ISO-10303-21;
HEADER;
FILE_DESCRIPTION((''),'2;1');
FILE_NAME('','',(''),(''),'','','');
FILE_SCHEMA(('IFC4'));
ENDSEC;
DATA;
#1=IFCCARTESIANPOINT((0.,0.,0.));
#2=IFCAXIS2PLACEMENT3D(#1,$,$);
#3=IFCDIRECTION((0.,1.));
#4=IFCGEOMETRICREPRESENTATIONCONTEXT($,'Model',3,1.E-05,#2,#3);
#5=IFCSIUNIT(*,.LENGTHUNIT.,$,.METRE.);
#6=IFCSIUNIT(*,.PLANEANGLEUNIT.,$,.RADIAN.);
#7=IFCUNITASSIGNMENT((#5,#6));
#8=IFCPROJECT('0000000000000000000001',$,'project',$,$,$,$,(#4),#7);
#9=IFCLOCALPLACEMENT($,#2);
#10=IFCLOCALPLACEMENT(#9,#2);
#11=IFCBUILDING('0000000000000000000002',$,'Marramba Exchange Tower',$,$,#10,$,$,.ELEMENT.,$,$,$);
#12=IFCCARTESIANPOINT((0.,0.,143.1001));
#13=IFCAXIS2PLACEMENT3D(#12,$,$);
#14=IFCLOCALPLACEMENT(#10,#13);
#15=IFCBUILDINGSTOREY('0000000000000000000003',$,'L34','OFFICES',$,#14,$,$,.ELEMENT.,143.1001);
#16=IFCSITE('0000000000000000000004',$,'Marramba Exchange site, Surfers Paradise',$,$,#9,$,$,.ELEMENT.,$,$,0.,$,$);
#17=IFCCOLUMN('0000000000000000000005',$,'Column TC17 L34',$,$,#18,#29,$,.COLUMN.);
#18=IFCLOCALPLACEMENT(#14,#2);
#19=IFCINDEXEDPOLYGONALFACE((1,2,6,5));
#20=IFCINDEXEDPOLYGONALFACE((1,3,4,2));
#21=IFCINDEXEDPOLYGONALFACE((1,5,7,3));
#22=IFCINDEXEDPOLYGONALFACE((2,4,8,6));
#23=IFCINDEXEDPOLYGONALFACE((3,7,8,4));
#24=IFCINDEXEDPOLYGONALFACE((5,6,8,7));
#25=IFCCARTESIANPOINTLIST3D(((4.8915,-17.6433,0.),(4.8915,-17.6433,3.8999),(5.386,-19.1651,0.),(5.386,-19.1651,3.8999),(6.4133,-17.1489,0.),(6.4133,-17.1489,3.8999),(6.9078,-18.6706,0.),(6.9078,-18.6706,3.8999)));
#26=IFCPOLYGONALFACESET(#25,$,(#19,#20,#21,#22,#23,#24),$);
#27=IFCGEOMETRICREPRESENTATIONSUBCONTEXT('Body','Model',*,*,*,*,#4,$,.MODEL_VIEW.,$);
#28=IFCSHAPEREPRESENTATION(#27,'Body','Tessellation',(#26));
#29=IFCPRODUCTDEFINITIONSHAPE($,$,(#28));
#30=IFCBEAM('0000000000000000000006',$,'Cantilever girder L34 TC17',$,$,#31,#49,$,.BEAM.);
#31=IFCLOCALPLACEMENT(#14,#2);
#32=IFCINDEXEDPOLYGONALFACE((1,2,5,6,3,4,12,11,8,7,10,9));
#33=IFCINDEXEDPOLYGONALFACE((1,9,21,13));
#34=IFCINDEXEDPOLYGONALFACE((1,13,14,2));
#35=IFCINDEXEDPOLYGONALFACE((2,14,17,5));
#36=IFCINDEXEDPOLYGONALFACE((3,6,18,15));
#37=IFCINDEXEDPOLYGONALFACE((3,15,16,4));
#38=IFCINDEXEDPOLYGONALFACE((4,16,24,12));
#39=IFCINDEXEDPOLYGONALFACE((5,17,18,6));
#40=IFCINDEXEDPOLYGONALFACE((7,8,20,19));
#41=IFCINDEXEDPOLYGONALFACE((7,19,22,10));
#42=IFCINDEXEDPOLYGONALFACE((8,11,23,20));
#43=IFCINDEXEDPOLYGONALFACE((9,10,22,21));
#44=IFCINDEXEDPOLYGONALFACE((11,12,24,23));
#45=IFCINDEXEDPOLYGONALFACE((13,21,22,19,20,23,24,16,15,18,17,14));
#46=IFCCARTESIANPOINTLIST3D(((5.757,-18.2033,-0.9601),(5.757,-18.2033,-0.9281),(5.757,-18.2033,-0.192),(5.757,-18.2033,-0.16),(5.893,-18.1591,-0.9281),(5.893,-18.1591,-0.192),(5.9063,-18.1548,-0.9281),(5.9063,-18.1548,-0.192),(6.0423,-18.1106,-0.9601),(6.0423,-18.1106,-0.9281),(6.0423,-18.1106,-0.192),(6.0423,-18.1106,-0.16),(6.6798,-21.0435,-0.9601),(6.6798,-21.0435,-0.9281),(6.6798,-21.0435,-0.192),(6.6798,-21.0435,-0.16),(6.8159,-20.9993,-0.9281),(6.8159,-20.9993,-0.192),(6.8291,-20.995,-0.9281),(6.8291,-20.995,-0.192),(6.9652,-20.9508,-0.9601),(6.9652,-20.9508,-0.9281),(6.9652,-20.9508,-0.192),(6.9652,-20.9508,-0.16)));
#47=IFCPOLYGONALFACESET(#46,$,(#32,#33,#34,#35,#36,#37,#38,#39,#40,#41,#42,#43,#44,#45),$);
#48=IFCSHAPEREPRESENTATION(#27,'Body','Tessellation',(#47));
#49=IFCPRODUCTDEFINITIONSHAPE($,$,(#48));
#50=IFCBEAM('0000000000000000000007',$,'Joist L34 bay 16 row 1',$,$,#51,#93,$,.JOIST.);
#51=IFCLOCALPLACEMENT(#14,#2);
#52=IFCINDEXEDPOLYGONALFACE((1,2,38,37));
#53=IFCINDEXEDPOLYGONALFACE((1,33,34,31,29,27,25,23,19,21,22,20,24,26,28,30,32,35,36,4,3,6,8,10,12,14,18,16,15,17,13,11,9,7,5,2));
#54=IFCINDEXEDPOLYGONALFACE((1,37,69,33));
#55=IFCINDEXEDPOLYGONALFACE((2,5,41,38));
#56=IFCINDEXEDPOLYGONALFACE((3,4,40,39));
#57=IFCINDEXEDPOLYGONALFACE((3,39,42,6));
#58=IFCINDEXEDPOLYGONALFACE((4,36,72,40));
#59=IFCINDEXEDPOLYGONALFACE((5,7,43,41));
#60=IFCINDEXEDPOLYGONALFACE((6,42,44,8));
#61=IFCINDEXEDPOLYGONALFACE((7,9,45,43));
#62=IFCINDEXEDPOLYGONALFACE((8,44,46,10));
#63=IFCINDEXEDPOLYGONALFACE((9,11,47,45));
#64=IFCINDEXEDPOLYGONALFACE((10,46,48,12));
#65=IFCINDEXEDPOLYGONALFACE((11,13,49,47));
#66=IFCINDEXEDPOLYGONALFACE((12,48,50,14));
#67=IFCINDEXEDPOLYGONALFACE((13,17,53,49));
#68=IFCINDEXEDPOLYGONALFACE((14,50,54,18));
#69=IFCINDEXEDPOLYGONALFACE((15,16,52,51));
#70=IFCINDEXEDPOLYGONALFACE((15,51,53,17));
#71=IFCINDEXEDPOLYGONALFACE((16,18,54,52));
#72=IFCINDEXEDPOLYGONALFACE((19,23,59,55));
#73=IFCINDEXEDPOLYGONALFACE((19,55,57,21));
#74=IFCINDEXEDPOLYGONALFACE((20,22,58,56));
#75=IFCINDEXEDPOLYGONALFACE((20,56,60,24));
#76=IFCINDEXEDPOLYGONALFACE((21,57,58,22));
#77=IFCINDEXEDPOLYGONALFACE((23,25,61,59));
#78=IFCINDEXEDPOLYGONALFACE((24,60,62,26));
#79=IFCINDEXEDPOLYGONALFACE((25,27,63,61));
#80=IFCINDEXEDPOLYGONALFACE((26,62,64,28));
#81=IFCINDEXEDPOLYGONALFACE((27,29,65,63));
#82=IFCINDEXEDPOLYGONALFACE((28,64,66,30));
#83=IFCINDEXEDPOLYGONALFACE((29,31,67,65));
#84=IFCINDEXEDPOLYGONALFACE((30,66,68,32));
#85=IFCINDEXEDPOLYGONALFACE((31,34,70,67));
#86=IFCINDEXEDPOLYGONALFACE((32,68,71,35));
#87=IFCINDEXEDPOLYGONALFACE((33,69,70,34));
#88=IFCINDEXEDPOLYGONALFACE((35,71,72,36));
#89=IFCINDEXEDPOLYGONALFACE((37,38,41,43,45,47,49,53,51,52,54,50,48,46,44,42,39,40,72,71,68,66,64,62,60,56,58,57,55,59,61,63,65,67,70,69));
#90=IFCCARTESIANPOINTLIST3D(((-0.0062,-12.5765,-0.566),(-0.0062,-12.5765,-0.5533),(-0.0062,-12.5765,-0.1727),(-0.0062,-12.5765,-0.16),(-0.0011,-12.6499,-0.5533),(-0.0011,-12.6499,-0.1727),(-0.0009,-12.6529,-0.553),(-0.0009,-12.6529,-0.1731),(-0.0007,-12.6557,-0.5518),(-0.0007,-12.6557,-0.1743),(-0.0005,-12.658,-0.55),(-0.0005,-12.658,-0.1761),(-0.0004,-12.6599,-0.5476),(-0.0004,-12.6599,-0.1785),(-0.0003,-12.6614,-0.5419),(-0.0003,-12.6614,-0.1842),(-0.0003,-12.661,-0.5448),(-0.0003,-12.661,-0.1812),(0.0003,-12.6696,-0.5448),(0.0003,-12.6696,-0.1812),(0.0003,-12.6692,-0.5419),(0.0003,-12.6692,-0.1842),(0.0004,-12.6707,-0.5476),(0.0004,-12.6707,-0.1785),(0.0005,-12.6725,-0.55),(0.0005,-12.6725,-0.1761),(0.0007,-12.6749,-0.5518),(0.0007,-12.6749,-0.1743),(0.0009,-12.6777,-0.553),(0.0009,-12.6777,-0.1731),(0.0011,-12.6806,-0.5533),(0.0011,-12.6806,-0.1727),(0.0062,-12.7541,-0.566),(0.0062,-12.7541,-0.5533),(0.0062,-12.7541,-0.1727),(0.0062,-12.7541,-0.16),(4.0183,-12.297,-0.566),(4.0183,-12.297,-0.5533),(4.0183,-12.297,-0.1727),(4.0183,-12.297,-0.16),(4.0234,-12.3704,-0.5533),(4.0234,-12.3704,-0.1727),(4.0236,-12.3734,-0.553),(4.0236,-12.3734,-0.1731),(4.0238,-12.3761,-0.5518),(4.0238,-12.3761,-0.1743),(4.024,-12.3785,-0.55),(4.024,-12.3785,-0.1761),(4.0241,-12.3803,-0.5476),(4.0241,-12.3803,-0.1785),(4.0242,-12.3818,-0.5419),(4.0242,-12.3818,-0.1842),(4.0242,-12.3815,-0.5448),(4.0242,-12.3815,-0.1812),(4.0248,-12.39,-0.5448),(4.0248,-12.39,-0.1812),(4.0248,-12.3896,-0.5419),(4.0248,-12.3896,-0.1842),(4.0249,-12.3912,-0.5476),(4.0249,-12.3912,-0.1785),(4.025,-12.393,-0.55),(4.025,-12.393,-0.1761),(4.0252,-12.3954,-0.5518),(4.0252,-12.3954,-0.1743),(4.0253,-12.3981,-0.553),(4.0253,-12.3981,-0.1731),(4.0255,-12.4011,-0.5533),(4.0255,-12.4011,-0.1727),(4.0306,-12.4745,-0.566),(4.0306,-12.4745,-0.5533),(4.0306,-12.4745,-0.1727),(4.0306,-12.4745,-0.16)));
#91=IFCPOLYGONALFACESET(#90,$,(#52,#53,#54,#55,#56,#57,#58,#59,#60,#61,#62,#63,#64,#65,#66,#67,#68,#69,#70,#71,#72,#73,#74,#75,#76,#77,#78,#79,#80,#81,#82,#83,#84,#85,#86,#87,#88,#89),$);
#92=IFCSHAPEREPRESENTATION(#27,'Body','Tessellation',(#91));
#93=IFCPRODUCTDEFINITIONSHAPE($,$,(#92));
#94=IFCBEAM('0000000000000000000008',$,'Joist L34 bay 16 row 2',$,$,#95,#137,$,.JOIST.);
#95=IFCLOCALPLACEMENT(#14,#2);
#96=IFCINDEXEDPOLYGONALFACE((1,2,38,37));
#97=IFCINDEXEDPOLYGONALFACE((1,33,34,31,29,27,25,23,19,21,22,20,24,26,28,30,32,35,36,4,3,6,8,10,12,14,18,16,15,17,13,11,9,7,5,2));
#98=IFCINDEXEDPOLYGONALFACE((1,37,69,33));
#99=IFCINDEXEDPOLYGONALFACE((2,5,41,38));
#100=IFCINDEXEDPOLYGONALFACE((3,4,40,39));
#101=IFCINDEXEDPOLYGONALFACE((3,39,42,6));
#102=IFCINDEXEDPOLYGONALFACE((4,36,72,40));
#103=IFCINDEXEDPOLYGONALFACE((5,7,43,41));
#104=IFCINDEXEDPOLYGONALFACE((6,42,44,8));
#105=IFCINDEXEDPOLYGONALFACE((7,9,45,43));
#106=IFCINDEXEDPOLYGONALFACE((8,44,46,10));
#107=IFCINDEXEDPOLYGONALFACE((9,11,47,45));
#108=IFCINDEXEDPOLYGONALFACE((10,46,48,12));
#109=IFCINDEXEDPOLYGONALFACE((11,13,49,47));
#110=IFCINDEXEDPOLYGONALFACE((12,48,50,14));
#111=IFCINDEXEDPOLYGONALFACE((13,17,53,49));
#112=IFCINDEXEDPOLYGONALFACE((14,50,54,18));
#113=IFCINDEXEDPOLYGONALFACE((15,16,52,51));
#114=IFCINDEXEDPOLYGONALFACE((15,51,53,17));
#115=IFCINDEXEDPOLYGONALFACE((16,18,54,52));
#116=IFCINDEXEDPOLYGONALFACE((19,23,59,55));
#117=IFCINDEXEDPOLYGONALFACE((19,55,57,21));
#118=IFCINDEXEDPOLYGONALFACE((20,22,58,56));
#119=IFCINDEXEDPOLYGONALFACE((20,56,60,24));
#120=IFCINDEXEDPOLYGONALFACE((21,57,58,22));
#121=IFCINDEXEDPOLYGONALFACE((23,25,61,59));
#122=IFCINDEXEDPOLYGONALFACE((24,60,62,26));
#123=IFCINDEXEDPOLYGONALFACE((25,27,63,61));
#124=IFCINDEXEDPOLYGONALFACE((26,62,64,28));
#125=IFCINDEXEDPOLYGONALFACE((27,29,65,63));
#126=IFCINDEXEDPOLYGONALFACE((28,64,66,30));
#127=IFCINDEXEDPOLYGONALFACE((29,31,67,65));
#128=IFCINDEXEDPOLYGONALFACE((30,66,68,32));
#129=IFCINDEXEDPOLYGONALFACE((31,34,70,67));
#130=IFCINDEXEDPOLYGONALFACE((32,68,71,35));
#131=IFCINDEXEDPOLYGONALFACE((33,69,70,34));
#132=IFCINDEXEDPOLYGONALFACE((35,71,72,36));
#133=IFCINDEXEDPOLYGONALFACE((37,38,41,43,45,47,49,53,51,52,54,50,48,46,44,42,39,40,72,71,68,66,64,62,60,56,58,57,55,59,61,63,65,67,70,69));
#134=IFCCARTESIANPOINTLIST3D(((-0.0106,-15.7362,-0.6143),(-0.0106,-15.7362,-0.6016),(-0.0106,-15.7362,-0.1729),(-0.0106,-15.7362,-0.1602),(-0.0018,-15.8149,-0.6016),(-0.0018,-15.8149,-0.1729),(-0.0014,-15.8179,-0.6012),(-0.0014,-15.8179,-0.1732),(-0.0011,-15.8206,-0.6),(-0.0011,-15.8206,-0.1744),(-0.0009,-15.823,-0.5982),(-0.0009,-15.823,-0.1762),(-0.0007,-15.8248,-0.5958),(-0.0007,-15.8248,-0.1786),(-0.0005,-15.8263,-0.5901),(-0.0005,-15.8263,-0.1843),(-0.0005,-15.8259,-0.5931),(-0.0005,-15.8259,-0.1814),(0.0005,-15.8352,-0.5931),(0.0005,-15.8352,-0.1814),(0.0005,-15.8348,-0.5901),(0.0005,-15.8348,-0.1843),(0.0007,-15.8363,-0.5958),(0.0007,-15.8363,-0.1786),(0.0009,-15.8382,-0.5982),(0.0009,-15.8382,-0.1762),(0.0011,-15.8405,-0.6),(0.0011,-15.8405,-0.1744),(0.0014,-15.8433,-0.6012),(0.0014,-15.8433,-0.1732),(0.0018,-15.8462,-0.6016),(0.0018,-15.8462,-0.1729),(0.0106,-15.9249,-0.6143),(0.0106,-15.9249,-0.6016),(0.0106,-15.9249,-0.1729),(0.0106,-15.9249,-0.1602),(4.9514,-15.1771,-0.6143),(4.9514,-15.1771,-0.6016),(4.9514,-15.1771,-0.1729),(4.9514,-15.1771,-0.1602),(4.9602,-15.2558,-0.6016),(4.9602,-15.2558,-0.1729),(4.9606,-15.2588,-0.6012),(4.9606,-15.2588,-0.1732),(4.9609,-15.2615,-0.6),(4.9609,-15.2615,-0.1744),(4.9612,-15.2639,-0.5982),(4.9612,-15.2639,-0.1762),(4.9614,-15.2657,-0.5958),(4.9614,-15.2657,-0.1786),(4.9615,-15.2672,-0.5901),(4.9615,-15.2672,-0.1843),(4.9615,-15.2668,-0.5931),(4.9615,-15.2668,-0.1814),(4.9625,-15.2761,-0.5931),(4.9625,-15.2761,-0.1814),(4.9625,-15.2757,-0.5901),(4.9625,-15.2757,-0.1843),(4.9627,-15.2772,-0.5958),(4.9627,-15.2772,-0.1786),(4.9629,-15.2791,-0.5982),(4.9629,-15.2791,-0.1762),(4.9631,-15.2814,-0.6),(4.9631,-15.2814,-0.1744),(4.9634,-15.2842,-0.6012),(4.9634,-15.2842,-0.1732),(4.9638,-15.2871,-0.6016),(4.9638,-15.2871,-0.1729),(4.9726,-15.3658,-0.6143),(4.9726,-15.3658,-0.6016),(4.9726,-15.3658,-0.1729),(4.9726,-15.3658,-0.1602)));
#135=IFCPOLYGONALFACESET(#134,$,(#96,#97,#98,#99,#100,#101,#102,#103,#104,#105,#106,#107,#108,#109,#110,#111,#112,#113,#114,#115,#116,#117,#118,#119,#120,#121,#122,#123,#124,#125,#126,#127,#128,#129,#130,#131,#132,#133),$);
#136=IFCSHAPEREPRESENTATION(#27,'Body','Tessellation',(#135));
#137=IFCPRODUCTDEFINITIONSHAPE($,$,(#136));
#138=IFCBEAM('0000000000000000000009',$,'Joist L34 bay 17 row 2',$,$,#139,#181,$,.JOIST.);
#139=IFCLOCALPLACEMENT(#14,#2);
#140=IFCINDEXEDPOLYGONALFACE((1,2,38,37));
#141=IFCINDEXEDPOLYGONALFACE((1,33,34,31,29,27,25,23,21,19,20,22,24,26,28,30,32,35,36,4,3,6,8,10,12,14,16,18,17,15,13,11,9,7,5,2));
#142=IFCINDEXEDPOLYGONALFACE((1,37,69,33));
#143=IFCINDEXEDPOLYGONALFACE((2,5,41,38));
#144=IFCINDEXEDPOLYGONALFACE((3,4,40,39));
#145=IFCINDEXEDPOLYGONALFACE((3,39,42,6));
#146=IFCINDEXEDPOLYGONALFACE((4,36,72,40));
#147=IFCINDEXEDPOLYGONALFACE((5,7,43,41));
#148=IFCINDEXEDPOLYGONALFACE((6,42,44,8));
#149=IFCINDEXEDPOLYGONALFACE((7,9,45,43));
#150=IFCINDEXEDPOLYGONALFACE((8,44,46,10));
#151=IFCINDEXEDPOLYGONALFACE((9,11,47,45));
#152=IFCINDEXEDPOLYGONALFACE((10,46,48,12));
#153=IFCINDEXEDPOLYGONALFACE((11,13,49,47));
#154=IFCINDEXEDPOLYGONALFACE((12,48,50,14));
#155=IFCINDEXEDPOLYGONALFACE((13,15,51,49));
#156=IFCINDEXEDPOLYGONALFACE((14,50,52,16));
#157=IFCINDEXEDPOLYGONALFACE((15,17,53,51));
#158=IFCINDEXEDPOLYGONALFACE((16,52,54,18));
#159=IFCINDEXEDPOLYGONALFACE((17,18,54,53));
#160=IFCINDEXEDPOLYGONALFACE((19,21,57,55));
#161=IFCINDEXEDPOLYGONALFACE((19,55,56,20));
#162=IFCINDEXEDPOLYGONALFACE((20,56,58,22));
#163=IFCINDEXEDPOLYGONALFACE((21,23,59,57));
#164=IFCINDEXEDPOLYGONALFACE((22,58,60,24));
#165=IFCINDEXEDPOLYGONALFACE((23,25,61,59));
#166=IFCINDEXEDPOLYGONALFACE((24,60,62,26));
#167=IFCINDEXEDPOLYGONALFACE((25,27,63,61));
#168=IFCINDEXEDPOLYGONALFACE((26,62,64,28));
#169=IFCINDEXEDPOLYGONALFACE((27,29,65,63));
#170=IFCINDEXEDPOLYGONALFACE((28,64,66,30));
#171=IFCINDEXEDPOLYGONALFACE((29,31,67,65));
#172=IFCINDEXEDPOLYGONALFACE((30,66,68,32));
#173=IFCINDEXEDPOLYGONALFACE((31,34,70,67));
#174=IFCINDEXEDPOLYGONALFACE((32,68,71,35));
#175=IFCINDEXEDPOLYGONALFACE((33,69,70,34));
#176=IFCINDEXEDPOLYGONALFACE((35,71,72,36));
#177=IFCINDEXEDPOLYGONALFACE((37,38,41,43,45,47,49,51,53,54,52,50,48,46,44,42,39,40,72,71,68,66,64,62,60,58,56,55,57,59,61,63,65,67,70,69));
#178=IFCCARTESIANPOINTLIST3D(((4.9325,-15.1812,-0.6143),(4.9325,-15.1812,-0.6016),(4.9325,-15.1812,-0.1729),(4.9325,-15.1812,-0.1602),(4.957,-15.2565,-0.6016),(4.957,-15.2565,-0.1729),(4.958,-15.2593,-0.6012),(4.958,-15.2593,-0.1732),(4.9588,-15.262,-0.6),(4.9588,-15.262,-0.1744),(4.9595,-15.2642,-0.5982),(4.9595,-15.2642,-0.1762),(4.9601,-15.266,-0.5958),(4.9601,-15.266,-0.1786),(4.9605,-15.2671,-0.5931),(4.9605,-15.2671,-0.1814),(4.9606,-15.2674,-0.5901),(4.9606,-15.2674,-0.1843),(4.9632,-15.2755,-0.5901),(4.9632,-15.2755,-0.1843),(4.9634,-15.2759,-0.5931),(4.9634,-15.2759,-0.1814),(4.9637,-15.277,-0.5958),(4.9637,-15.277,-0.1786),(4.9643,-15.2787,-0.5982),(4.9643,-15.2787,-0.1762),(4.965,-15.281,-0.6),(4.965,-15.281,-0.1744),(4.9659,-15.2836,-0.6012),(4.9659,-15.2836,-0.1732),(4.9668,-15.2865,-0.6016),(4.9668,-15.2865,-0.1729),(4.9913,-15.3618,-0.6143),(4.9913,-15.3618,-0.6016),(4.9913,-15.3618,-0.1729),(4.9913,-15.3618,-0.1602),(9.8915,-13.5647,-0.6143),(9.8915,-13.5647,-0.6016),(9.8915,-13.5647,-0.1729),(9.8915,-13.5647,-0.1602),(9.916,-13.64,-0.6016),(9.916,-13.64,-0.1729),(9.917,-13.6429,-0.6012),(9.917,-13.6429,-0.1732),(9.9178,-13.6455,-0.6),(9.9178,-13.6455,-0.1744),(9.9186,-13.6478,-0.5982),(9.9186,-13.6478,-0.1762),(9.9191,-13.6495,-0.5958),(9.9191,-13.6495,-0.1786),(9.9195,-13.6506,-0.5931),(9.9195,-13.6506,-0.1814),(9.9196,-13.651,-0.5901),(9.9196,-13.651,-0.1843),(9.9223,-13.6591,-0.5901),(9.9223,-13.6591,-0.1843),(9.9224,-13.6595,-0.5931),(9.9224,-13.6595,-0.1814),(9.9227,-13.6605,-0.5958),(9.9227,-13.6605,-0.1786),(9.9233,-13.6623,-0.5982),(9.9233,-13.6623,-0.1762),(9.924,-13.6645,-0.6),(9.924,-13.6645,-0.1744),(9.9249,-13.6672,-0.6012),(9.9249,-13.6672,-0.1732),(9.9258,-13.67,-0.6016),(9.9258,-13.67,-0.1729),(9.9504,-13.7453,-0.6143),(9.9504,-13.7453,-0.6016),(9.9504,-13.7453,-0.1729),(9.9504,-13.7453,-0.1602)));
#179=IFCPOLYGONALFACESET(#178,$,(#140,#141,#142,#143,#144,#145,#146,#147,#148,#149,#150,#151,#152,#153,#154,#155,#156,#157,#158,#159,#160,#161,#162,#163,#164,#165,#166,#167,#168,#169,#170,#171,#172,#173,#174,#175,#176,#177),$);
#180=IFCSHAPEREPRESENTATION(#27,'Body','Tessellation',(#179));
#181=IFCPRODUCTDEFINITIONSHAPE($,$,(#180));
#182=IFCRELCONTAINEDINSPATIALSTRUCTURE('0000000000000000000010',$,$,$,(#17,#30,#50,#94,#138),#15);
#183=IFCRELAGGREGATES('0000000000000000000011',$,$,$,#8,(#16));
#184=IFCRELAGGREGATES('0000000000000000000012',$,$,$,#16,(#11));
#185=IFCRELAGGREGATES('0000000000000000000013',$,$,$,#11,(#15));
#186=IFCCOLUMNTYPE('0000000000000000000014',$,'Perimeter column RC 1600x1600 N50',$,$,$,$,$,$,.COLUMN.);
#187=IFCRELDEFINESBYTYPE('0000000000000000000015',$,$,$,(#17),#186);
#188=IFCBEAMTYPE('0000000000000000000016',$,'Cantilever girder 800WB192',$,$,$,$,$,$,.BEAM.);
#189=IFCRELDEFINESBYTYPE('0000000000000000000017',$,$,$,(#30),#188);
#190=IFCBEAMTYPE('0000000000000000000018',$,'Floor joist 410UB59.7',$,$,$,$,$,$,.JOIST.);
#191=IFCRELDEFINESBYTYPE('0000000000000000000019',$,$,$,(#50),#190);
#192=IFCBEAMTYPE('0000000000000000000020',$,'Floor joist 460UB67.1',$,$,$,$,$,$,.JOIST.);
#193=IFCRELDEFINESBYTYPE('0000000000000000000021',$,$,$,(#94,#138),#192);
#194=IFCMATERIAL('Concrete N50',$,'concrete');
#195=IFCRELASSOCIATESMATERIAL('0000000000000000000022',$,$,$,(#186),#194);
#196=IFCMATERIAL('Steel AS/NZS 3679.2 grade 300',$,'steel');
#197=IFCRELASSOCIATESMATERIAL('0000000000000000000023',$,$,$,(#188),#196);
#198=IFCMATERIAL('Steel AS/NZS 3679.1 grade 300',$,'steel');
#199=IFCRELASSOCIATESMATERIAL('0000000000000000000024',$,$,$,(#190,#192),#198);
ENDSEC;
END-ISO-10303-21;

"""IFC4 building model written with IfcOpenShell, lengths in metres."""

from ifc_helpers import new_model, si_unit, direction, frame, origin, origin_2d, place, context, subcontext, project, spatial, rectangle, i_section, extrude, material, material_profile, profile_set, type_object, element, save


model = new_model("IFC4")

# Units and contexts
model_context = context("Model", 3, precision=1e-05, world=origin(), true_north=direction((0.0, 1.0)))
body_context = subcontext(model_context, "Body", "Model", "MODEL_VIEW")
ifc_project = project(units=[si_unit("LENGTHUNIT", "METRE"), si_unit("PLANEANGLEUNIT", "RADIAN")], contexts=[model_context])

# Site, building, storey
site_placement = place(None, origin())
site = spatial("IfcSite", under=ifc_project, at=site_placement, Name="Marramba Exchange site, Surfers Paradise", CompositionType="ELEMENT", RefElevation=0.0)
building_placement = place(site_placement, origin())
building = spatial("IfcBuilding", under=site, at=building_placement, Name="Marramba Exchange Tower", CompositionType="ELEMENT")
storey_placement = place(building_placement, frame((0.0, 0.0, 143.1001)))
storey = spatial("IfcBuildingStorey", under=building, at=storey_placement, Name="L34", Description="OFFICES", CompositionType="ELEMENT", Elevation=143.1001)

# Column
ifc_material_1 = material(Name="Concrete N50", Category="concrete")
ifc_material_profile_1 = material_profile(ifc_material_1, rectangle(XDim=1.6001, YDim=1.6001, at=origin_2d()), Name="RC 1600x1600")
ifc_profile_set_1 = profile_set([ifc_material_profile_1], Name="Concrete N50")
column_type = type_object("IfcColumnType", Name="Perimeter column RC 1600x1600 N50", PredefinedType="COLUMN", material=ifc_profile_set_1)
column_placement = place(storey_placement, frame((5.8997, -18.157, 0.0), z_axis=(0.0, 0.0, 1.0), x_axis=(0.309017, -0.951057, 0.0)))
element("IfcColumn", 1, at=column_placement, inside=storey, type_object=column_type, Name="Column TC17 L34", PredefinedType="COLUMN", context=body_context, shape_type="SweptSolid", body=[
    extrude(rectangle(XDim=1.6001, YDim=1.6001, at=origin_2d()), origin(), (0.0, 0.0, 1.0), 3.8999),
])

# Beams
ifc_material_2 = material(Name="Steel AS/NZS 3679.2 grade 300", Category="steel")
ifc_material_profile_2 = material_profile(ifc_material_2, i_section(OverallWidth=0.3, OverallDepth=0.8, WebThickness=0.0139, FlangeThickness=0.032, at=origin_2d()), Name="800WB192")
ifc_profile_set_2 = profile_set([ifc_material_profile_2], Name="Steel AS/NZS 3679.2 grade 300")
beam_type_1 = type_object("IfcBeamType", Name="Cantilever girder 800WB192", PredefinedType="BEAM", material=ifc_profile_set_2)
beam_1_placement = place(storey_placement, frame((5.8997, -18.157, -0.5601), z_axis=(0.309032, -0.951051, 0.0), x_axis=(0.951051, 0.309032, 0.0)))
element("IfcBeam", 2, at=beam_1_placement, inside=storey, type_object=beam_type_1, Name="Cantilever girder L34 TC17", PredefinedType="BEAM", context=body_context, shape_type="SweptSolid", body=[
    extrude(i_section(OverallWidth=0.3, OverallDepth=0.8, WebThickness=0.0139, FlangeThickness=0.032, at=origin_2d()), origin(), (0.0, 0.0, 1.0), 2.9863),
])
ifc_material_3 = material(Name="Steel AS/NZS 3679.1 grade 300", Category="steel")
ifc_material_profile_3 = material_profile(ifc_material_3, i_section(OverallWidth=0.178, OverallDepth=0.406, WebThickness=0.0078, FlangeThickness=0.0127, FilletRadius=0.0115, at=origin_2d()), Name="410UB59.7")
ifc_profile_set_3 = profile_set([ifc_material_profile_3], Name="Steel AS/NZS 3679.1 grade 300")
beam_type_2 = type_object("IfcBeamType", Name="Floor joist 410UB59.7", PredefinedType="JOIST", material=ifc_profile_set_3)
beam_2_placement = place(storey_placement, frame((0.0, -12.6653, -0.363), z_axis=(0.997596, 0.069294, 0.0), x_axis=(-0.069294, 0.997596, 0.0)))
element("IfcBeam", 3, at=beam_2_placement, inside=storey, type_object=beam_type_2, Name="Joist L34 bay 16 row 1", PredefinedType="JOIST", context=body_context, shape_type="SweptSolid", body=[
    extrude(i_section(OverallWidth=0.178, OverallDepth=0.406, WebThickness=0.0078, FlangeThickness=0.0127, FilletRadius=0.0115, at=origin_2d()), origin(), (0.0, 0.0, 1.0), 4.0342),
])
ifc_material_profile_4 = material_profile(ifc_material_3, i_section(OverallWidth=0.1899, OverallDepth=0.4541, WebThickness=0.0085, FlangeThickness=0.0127, FilletRadius=0.0115, at=origin_2d()), Name="460UB67.1")
ifc_profile_set_4 = profile_set([ifc_material_profile_4], Name="Steel AS/NZS 3679.1 grade 300")
beam_type_3 = type_object("IfcBeamType", Name="Floor joist 460UB67.1", PredefinedType="JOIST", material=ifc_profile_set_4)
beam_3_placement = place(storey_placement, frame((0.0, -15.8306, -0.3872), z_axis=(0.993712, 0.111966, 0.0), x_axis=(-0.111966, 0.993712, 0.0)))
element("IfcBeam", 4, at=beam_3_placement, inside=storey, type_object=beam_type_3, Name="Joist L34 bay 16 row 2", PredefinedType="JOIST", context=body_context, shape_type="SweptSolid", body=[
    extrude(i_section(OverallWidth=0.1899, OverallDepth=0.4541, WebThickness=0.0085, FlangeThickness=0.0127, FilletRadius=0.0115, at=origin_2d()), origin(), (0.0, 0.0, 1.0), 4.9934),
])
beam_4_placement = place(storey_placement, frame((4.9619, -15.2715, -0.3872), z_axis=(0.950764, 0.309916, 0.0), x_axis=(-0.309916, 0.950764, 0.0)))
element("IfcBeam", 5, at=beam_4_placement, inside=storey, type_object=beam_type_3, Name="Joist L34 bay 17 row 2", PredefinedType="JOIST", context=body_context, shape_type="SweptSolid", body=[
    extrude(i_section(OverallWidth=0.1899, OverallDepth=0.4541, WebThickness=0.0085, FlangeThickness=0.0127, FilletRadius=0.0115, at=origin_2d()), origin(), (0.0, 0.0, 1.0), 5.2158),
])

save(model, "model.ifc")
